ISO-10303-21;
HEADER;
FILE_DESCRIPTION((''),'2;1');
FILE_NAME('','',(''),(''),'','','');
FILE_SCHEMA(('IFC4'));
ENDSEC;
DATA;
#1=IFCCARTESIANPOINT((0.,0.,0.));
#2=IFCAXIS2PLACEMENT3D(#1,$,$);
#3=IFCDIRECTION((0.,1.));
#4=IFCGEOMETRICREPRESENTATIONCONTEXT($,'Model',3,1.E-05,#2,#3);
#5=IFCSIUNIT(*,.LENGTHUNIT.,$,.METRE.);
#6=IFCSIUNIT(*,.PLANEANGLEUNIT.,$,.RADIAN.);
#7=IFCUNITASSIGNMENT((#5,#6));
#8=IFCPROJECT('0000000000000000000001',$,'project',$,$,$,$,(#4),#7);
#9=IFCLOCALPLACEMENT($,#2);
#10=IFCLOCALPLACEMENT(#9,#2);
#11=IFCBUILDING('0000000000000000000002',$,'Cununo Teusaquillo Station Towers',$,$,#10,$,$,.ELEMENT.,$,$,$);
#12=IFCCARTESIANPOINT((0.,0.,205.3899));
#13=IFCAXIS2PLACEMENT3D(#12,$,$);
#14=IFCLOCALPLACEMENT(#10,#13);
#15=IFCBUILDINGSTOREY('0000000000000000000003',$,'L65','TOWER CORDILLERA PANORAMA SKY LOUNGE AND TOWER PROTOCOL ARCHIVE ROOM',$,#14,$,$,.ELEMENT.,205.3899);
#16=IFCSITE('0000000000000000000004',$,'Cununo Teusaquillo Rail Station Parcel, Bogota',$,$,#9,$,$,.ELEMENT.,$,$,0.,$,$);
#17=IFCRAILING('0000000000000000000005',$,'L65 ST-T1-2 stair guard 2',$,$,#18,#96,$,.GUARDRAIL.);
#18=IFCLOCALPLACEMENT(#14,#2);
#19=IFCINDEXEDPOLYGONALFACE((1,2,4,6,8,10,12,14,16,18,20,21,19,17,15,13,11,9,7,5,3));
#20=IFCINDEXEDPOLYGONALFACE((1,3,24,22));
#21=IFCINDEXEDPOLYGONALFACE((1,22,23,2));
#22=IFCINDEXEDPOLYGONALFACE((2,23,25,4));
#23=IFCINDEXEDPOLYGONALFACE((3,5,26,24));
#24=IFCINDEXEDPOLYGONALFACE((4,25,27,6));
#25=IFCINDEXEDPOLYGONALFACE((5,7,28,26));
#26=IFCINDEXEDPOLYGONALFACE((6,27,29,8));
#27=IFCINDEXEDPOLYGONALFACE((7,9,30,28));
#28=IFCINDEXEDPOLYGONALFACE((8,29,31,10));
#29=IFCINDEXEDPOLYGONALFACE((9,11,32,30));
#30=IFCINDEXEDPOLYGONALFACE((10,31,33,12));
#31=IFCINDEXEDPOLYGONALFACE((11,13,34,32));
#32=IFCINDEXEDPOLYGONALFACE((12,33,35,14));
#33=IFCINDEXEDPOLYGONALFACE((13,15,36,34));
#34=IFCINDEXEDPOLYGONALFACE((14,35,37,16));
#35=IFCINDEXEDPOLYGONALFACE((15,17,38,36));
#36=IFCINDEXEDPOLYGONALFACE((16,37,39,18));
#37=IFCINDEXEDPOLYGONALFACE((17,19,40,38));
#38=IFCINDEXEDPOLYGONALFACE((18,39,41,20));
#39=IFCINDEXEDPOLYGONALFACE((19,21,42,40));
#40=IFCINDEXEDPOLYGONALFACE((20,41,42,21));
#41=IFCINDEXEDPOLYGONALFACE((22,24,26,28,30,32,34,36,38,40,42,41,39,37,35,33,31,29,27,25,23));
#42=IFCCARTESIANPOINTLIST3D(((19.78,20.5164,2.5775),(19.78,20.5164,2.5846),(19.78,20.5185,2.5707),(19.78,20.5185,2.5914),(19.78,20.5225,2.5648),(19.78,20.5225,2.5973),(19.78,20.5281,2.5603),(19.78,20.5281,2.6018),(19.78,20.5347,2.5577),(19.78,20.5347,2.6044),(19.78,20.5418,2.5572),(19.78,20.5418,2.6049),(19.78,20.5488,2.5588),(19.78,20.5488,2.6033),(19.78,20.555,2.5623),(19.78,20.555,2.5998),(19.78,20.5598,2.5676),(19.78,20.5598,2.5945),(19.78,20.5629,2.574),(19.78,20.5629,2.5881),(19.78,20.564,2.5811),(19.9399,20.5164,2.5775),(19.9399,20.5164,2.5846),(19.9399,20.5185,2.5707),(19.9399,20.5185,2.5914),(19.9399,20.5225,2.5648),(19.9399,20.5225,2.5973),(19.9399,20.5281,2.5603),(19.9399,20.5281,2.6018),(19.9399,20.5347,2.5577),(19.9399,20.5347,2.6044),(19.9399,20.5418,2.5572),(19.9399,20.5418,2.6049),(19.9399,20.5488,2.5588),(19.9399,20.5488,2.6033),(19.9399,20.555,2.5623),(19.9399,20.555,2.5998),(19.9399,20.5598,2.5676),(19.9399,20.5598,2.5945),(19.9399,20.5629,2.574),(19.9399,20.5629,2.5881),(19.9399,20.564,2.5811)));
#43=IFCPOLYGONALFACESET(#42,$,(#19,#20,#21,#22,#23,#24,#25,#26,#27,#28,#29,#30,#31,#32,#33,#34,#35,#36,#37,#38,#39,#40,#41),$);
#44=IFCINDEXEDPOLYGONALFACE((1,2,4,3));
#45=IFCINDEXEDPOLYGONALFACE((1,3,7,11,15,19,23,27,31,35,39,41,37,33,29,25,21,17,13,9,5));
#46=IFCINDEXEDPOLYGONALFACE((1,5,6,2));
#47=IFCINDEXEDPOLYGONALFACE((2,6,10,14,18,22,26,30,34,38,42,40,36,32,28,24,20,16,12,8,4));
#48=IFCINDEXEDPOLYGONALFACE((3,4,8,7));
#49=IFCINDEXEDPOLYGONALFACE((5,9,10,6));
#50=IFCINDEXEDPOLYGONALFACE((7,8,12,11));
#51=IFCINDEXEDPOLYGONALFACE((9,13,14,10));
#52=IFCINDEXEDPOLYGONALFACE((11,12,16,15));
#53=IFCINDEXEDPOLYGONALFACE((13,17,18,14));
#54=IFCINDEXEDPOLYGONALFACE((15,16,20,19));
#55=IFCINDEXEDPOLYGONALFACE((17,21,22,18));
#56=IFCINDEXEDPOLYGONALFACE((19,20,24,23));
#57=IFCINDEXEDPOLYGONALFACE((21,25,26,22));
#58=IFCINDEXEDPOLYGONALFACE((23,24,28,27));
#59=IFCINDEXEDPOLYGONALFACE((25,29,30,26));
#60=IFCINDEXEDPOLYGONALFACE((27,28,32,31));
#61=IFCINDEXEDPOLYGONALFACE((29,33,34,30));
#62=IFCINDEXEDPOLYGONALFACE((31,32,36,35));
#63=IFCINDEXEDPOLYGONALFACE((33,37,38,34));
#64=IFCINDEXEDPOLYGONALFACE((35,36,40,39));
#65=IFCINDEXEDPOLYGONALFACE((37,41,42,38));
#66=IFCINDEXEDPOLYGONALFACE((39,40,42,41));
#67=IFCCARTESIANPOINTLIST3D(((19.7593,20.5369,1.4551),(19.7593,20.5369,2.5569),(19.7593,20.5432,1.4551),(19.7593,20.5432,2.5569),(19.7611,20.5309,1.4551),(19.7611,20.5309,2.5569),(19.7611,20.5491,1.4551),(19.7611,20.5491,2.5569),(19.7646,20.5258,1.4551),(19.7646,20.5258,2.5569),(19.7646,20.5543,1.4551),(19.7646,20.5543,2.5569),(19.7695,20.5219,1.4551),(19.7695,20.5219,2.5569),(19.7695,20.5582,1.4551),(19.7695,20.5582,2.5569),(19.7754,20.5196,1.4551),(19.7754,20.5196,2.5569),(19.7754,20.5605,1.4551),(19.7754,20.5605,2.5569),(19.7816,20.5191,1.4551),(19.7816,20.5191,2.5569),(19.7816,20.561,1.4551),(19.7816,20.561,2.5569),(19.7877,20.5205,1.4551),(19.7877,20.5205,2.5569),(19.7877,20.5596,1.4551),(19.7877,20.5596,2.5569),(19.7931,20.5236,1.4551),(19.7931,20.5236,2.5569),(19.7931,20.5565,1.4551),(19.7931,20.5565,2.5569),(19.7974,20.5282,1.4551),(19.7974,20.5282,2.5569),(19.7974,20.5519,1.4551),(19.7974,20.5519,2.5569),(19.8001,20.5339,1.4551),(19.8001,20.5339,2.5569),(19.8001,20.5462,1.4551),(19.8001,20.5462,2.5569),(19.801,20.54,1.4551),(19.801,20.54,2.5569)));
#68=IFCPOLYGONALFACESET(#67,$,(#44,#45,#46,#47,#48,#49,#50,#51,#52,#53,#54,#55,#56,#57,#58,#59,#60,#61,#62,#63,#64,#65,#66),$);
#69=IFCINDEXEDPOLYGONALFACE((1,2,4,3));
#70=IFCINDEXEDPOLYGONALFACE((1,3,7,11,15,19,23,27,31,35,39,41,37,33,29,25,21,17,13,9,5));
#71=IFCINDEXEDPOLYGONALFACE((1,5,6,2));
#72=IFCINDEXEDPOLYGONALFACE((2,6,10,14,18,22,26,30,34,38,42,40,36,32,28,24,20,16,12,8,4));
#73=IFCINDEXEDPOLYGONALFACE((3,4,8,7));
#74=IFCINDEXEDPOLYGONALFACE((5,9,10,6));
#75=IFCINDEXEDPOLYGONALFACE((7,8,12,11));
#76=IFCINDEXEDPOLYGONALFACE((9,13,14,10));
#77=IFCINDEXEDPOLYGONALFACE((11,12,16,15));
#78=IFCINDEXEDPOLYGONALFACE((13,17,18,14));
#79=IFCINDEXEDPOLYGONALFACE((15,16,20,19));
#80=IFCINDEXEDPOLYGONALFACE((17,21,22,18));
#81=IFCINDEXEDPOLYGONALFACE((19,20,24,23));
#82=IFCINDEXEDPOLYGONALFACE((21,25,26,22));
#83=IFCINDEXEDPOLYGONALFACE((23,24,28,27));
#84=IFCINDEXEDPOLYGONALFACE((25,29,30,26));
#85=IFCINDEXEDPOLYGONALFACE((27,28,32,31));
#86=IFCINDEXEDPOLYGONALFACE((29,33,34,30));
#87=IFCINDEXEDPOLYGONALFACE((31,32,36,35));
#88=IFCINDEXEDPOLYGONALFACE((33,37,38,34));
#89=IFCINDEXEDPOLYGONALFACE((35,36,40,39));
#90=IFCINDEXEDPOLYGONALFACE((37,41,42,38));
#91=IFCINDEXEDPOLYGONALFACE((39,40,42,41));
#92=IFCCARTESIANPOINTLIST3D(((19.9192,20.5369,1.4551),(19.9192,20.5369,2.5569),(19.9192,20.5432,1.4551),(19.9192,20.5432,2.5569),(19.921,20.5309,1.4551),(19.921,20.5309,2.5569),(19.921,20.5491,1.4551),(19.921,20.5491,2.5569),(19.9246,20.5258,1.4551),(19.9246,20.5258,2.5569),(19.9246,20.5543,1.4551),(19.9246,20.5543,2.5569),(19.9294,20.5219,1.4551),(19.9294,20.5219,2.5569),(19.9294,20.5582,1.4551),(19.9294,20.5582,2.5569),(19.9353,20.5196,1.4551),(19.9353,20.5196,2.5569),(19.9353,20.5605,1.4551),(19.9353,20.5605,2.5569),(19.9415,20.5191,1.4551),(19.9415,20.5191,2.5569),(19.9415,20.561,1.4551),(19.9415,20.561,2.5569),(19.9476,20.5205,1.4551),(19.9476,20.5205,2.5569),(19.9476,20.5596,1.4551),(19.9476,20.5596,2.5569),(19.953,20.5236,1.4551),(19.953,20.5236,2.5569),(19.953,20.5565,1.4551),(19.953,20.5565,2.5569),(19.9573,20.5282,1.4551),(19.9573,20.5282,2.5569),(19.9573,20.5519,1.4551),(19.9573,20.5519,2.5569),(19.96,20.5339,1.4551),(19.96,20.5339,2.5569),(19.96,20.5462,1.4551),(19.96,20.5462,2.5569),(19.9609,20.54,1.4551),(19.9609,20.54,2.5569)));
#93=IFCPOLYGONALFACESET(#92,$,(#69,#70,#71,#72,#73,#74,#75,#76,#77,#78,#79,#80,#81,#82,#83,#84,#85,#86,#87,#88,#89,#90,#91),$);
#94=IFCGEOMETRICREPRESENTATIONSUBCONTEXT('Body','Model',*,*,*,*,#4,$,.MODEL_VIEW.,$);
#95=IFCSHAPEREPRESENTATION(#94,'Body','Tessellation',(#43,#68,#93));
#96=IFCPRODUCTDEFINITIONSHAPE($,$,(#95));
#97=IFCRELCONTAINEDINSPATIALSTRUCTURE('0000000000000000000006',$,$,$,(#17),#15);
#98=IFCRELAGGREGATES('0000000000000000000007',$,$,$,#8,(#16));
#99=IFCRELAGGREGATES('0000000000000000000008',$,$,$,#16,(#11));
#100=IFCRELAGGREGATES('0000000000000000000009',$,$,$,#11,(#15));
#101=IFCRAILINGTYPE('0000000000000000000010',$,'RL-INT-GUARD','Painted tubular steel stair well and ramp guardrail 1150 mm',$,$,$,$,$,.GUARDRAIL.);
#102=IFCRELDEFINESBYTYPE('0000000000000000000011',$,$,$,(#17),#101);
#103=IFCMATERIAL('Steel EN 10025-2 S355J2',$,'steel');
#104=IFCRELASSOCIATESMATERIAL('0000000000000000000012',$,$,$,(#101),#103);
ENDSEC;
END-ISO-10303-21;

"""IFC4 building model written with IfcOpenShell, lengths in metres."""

from ifc_helpers import new_model, si_unit, direction, frame, origin, origin_2d, place, context, subcontext, project, spatial, circle, extrude, material, type_object, element, save


model = new_model("IFC4")

# Units and contexts
model_context = context("Model", 3, precision=1e-05, world=origin(), true_north=direction((0.0, 1.0)))
body_context = subcontext(model_context, "Body", "Model", "MODEL_VIEW")
ifc_project = project(units=[si_unit("LENGTHUNIT", "METRE"), si_unit("PLANEANGLEUNIT", "RADIAN")], contexts=[model_context])

# Site, building, storey
site_placement = place(None, origin())
site = spatial("IfcSite", under=ifc_project, at=site_placement, Name="Cununo Teusaquillo Rail Station Parcel, Bogota", CompositionType="ELEMENT", RefElevation=0.0)
building_placement = place(site_placement, origin())
building = spatial("IfcBuilding", under=site, at=building_placement, Name="Cununo Teusaquillo Station Towers", CompositionType="ELEMENT")
storey_placement = place(building_placement, frame((0.0, 0.0, 205.3899)))
storey = spatial("IfcBuildingStorey", under=building, at=storey_placement, Name="L65", Description="TOWER CORDILLERA PANORAMA SKY LOUNGE AND TOWER PROTOCOL ARCHIVE ROOM", CompositionType="ELEMENT", Elevation=205.3899)

# Railing
ifc_material_1 = material(Name="Steel EN 10025-2 S355J2", Category="steel")
railing_type_1 = type_object("IfcRailingType", Name="RL-INT-GUARD", Description="Painted tubular steel stair well and ramp guardrail 1150 mm", PredefinedType="GUARDRAIL", material=ifc_material_1)
railing_1_placement = place(storey_placement, frame((19.78, 20.54, 1.4551)))
element("IfcRailing", 1, at=railing_1_placement, inside=storey, type_object=railing_type_1, Name="L65 ST-T1-2 stair guard 2", PredefinedType="GUARDRAIL", context=body_context, shape_type="SweptSolid", body=[
    extrude(circle(Radius=0.0239, at=origin_2d()), frame((0.0, 0.0, 1.126), z_axis=(1.0, 0.0, 0.0), x_axis=(0.0, 1.0, 0.0)), (0.0, 0.0, 1.0), 0.1599),
    extrude(circle(Radius=0.021, at=origin_2d()), origin(), (0.0, 0.0, 1.0), 1.1018),
    extrude(circle(Radius=0.021, at=origin_2d()), frame((0.1599, 0.0, 0.0)), (0.0, 0.0, 1.0), 1.1018),
])

save(model, "model.ifc")
